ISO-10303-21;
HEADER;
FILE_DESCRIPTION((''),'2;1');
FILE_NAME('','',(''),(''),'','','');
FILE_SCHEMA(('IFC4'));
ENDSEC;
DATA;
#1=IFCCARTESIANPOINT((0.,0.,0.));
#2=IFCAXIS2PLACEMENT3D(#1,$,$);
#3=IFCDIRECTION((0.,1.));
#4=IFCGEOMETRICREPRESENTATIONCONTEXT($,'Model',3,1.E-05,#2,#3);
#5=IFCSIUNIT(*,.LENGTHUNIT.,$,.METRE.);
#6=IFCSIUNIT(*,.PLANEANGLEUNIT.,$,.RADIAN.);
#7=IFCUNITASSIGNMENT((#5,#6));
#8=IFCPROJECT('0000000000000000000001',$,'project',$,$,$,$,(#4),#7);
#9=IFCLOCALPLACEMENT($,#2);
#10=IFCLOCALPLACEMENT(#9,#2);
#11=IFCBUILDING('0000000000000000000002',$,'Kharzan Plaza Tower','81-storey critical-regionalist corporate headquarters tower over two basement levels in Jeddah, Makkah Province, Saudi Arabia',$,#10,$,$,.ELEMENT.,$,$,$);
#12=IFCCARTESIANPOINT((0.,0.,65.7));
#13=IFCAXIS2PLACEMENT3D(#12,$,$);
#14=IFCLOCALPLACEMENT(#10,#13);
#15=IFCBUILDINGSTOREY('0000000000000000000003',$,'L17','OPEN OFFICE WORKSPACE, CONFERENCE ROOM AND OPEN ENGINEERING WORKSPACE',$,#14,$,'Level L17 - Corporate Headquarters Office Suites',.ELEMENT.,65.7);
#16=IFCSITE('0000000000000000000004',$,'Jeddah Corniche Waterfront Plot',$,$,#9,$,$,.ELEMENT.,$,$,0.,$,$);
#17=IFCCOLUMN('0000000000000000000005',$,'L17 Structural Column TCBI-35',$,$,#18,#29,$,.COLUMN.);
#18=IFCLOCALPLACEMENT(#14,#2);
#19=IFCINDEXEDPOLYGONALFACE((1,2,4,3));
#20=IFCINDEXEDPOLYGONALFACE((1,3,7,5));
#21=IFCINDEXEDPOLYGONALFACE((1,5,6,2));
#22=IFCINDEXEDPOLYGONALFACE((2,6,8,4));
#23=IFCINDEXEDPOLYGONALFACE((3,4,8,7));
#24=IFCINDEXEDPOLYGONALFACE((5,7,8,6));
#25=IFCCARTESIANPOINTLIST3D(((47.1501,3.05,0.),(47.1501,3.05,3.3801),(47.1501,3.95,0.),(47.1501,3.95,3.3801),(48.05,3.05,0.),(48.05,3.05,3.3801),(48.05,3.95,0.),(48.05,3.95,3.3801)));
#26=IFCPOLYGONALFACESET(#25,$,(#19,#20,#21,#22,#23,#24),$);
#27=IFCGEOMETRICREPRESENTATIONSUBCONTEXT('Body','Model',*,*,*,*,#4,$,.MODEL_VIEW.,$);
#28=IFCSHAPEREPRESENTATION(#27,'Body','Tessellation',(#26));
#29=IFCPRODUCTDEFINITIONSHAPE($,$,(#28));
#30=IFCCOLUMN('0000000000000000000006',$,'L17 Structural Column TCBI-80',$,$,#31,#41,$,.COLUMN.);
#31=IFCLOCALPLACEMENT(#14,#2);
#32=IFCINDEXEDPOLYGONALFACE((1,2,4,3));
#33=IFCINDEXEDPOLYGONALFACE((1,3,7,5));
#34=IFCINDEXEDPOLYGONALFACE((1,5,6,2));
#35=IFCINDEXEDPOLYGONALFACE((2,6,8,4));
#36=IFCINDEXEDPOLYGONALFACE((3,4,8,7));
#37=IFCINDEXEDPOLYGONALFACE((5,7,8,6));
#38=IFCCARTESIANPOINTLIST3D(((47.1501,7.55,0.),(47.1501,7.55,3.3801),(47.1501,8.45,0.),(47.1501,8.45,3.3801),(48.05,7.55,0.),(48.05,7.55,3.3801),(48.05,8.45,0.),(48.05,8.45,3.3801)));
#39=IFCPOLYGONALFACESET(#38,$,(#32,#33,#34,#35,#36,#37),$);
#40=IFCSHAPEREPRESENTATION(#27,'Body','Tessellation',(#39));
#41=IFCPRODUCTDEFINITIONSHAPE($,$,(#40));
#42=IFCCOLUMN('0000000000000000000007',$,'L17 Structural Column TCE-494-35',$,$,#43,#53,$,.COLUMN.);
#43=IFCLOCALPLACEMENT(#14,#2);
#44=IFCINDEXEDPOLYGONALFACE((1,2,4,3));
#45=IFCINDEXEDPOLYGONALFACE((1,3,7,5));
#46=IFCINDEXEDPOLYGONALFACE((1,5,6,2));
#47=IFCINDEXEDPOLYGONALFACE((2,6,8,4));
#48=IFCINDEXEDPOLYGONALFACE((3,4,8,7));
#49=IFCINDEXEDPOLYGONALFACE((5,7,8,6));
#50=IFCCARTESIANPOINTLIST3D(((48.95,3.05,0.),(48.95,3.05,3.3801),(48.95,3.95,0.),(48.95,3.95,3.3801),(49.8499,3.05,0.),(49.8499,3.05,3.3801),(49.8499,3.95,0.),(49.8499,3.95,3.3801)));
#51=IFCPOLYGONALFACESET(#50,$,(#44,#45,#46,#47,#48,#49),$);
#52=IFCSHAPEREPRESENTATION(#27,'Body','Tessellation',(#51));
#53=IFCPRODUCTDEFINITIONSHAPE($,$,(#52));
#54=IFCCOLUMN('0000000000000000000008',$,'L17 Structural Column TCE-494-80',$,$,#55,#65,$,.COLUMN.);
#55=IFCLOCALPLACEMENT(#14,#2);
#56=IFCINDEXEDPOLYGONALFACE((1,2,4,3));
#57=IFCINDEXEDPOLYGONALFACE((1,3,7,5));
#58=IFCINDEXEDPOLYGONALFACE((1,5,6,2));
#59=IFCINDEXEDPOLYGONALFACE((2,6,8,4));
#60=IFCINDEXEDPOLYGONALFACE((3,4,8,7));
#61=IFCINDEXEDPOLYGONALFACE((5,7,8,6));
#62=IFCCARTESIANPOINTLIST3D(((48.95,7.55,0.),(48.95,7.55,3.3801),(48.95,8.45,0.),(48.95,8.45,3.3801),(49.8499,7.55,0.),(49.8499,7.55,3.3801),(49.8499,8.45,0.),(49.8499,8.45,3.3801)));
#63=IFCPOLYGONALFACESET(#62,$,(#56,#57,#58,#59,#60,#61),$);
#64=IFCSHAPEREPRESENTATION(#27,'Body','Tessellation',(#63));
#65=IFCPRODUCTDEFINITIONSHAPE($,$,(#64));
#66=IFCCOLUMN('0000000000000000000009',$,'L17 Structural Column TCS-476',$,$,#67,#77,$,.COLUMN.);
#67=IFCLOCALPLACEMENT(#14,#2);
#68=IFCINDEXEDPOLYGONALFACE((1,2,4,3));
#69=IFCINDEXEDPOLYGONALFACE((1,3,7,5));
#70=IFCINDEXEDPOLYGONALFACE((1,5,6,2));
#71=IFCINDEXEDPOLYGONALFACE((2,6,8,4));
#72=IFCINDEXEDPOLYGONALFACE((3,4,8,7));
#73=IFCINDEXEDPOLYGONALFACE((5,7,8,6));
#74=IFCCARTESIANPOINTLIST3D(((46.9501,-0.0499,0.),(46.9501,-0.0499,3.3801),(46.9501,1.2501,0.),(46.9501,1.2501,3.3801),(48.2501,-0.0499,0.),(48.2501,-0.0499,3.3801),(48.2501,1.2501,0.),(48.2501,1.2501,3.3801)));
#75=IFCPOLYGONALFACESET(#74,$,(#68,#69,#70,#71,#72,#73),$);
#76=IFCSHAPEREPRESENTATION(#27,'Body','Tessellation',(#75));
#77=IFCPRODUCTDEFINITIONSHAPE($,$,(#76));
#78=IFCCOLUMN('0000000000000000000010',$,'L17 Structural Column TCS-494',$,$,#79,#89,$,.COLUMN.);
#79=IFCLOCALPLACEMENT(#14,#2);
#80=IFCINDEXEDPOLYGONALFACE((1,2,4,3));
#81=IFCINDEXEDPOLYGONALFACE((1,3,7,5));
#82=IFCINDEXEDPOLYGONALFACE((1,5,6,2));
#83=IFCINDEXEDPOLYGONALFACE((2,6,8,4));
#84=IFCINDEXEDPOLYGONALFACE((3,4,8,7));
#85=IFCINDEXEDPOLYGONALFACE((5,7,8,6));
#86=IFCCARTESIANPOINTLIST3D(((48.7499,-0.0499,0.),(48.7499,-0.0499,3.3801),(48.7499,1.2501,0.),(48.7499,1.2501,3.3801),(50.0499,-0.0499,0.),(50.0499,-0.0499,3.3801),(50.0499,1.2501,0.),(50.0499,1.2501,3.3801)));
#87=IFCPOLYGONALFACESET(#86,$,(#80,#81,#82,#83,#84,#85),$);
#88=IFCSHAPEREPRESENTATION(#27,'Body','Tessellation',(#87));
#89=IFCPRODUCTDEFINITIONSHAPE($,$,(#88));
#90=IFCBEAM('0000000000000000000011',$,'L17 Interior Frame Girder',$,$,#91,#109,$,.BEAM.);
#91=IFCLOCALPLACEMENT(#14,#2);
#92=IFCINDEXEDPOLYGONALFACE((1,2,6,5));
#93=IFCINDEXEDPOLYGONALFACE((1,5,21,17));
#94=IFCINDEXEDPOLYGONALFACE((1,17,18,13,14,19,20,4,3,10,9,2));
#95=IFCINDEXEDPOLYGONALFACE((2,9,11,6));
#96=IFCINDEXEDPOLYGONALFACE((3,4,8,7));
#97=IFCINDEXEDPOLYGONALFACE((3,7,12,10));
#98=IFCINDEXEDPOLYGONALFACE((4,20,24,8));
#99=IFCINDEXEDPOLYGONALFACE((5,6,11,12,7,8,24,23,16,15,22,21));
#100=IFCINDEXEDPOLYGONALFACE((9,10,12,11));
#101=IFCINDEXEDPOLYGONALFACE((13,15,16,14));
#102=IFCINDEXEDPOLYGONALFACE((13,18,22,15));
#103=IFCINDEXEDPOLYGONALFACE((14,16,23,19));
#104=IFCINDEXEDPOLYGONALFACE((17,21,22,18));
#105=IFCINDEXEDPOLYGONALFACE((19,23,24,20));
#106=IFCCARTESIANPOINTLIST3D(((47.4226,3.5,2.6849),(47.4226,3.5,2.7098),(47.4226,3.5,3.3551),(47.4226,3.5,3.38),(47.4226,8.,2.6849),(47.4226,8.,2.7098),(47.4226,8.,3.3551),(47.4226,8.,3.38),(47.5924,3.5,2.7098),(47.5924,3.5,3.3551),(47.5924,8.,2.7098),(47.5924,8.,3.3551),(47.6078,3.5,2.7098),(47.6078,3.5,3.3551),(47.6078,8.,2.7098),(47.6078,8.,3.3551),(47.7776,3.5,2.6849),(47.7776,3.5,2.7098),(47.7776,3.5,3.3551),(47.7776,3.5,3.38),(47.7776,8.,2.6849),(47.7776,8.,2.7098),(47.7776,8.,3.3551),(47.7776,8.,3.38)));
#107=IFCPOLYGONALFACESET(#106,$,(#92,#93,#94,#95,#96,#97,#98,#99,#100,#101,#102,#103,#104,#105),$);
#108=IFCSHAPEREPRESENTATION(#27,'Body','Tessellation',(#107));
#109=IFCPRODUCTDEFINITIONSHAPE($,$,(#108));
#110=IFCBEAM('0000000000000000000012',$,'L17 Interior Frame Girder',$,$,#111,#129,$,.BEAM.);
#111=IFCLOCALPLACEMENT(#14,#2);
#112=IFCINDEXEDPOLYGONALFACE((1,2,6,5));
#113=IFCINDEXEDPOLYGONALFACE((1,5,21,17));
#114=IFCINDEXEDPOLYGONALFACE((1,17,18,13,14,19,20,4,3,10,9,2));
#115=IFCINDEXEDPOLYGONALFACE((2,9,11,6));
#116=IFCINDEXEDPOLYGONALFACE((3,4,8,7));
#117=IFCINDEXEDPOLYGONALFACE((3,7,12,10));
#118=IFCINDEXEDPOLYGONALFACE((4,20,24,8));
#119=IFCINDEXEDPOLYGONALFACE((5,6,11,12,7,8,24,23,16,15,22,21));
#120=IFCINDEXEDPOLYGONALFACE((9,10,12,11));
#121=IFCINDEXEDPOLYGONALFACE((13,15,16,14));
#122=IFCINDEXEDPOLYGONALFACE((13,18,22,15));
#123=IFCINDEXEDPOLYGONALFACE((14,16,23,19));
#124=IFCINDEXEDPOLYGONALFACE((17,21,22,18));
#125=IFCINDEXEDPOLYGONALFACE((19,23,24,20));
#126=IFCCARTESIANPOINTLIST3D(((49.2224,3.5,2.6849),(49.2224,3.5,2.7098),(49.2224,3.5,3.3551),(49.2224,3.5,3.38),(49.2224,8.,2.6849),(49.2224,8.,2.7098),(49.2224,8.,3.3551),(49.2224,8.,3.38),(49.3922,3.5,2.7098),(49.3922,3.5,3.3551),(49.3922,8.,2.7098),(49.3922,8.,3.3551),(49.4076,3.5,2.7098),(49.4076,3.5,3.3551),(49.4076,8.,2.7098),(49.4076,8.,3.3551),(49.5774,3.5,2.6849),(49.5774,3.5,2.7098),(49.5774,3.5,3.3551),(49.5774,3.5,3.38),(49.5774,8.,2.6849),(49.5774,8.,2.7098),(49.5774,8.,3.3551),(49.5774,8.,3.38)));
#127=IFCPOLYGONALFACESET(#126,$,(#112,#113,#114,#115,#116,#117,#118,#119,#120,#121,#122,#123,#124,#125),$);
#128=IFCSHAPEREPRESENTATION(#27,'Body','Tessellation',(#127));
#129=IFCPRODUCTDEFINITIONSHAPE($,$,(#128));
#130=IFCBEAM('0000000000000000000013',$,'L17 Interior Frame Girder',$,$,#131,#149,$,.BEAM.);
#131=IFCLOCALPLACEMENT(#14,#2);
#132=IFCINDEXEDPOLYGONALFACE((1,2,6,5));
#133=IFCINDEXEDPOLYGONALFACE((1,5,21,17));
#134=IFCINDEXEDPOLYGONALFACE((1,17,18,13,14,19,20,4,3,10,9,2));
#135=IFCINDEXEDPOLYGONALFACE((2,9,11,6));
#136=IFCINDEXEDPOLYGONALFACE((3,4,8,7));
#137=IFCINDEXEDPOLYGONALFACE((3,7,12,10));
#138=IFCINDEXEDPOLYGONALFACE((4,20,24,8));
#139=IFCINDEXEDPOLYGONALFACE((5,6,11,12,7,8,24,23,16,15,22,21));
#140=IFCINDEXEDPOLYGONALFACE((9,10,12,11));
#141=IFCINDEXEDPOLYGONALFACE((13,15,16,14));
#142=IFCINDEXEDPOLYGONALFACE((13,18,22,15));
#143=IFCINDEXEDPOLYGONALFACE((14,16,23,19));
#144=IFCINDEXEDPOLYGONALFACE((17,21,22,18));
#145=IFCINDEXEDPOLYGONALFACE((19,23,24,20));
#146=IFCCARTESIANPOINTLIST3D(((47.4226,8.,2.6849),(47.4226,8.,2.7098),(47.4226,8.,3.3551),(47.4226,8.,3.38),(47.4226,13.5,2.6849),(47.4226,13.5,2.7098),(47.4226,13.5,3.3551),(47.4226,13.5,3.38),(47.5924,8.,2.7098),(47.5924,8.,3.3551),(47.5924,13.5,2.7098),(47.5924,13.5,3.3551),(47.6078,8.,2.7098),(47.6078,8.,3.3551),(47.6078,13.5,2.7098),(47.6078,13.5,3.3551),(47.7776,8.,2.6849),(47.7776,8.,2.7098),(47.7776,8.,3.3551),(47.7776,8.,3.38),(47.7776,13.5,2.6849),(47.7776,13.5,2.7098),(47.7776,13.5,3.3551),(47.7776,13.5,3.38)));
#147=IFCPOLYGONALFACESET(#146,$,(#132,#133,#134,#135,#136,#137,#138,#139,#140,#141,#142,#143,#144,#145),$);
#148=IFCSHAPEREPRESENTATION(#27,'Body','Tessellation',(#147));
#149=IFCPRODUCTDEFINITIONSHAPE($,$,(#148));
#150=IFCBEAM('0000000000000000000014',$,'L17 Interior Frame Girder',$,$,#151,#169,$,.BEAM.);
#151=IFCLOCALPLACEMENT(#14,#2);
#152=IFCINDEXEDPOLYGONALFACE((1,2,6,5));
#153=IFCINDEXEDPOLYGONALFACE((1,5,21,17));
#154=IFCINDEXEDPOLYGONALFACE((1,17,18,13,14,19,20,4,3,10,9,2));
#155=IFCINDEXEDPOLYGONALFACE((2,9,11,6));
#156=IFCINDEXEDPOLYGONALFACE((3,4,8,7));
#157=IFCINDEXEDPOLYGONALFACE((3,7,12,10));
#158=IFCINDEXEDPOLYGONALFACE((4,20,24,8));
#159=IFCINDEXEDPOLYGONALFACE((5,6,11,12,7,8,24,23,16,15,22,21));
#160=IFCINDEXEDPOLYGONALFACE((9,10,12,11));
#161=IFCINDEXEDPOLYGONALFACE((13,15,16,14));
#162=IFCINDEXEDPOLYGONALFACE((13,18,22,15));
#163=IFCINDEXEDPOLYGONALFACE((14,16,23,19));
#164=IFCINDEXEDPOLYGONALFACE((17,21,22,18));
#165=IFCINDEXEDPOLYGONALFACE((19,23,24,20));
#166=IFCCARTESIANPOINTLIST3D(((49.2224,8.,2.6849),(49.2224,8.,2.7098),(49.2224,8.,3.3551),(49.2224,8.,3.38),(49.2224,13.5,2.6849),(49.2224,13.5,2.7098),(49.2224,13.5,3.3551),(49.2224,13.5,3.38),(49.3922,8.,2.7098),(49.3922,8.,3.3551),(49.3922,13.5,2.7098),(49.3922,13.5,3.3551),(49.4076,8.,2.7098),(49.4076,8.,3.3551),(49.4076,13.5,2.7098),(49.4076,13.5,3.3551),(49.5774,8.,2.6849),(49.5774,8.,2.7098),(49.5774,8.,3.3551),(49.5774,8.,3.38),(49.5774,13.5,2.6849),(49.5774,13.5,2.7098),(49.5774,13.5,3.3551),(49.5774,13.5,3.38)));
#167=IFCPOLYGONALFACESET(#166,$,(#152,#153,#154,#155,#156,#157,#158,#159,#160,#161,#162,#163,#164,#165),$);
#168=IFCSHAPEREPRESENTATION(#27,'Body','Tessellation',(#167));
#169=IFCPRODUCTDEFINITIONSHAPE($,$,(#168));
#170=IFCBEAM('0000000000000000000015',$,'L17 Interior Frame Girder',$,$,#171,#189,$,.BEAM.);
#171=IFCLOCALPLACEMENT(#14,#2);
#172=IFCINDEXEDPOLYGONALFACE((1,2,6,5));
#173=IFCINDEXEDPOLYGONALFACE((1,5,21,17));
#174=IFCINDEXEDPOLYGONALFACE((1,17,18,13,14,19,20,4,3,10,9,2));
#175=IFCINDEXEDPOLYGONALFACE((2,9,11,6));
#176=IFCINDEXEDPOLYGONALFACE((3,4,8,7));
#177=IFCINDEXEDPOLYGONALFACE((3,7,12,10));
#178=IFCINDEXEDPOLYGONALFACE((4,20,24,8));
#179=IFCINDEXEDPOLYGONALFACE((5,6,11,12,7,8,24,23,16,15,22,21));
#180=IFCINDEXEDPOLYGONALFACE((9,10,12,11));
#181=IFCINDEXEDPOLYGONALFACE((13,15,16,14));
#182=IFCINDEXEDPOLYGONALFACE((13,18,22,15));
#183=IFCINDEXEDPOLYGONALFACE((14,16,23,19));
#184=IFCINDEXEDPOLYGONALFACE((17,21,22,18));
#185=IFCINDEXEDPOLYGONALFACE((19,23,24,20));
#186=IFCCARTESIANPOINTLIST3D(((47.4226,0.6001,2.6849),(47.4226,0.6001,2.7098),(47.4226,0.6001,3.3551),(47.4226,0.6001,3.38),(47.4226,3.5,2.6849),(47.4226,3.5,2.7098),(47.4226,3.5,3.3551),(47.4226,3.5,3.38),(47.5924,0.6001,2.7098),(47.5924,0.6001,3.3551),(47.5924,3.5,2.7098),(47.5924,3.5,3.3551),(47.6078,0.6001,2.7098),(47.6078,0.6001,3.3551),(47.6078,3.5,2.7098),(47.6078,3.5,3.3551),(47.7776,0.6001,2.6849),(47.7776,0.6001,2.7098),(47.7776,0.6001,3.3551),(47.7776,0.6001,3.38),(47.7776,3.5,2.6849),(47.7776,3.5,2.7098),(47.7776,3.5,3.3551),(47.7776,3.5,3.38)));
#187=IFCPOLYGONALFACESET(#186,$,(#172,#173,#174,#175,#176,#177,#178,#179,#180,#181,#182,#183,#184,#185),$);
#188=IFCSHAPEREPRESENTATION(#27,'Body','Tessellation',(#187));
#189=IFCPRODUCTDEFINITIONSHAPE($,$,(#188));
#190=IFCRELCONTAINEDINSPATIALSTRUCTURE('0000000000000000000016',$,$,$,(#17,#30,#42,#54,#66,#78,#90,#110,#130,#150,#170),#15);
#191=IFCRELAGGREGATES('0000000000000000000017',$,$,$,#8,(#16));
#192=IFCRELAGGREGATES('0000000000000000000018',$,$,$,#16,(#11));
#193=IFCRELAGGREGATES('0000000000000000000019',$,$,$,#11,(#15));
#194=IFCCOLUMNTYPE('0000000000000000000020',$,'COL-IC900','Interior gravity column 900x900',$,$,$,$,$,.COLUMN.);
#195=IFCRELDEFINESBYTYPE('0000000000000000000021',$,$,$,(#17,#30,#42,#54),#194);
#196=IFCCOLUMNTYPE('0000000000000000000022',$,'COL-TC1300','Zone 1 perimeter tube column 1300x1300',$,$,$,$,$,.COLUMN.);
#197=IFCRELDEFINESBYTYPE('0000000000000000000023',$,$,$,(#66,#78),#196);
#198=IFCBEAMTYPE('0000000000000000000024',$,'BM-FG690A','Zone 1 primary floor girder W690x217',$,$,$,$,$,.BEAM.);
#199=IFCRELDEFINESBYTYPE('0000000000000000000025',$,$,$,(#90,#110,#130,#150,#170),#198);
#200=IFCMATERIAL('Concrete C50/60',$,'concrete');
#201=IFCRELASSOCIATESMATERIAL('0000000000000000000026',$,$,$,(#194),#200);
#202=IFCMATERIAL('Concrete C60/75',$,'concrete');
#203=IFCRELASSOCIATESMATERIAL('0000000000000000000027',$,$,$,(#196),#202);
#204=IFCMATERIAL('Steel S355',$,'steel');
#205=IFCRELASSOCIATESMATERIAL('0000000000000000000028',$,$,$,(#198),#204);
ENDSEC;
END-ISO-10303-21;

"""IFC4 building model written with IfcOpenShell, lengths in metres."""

from ifc_helpers import new_model, si_unit, direction, frame, origin, origin_2d, place, context, subcontext, project, spatial, rectangle, i_section, extrude, source, transform, mapped, material, material_profile, profile_set, type_object, element, save


model = new_model("IFC4")

# Units and contexts
model_context = context("Model", 3, precision=1e-05, world=origin(), true_north=direction((0.0, 1.0)))
body_context = subcontext(model_context, "Body", "Model", "MODEL_VIEW")
ifc_project = project(units=[si_unit("LENGTHUNIT", "METRE"), si_unit("PLANEANGLEUNIT", "RADIAN")], contexts=[model_context])

# Site, building, storey
site_placement = place(None, origin())
site = spatial("IfcSite", under=ifc_project, at=site_placement, Name="Jeddah Corniche Waterfront Plot", CompositionType="ELEMENT", RefElevation=0.0)
building_placement = place(site_placement, origin())
building = spatial("IfcBuilding", under=site, at=building_placement, Name="Kharzan Plaza Tower", Description="81-storey critical-regionalist corporate headquarters tower over two basement levels in Jeddah, Makkah Province, Saudi Arabia", CompositionType="ELEMENT")
storey_placement = place(building_placement, frame((0.0, 0.0, 65.7)))
storey = spatial("IfcBuildingStorey", under=building, at=storey_placement, Name="L17", Description="OPEN OFFICE WORKSPACE, CONFERENCE ROOM AND OPEN ENGINEERING WORKSPACE", LongName="Level L17 - Corporate Headquarters Office Suites", CompositionType="ELEMENT", Elevation=65.7)

# Columns
ifc_material_1 = material(Name="Concrete C50/60", Category="concrete")
ifc_material_profile_1 = material_profile(ifc_material_1, rectangle(XDim=0.8999, YDim=0.8999, at=origin_2d()), Name="RC-IC900x900")
ifc_profile_set_1 = profile_set([ifc_material_profile_1], Name="Concrete C50/60")
column_type_1 = type_object("IfcColumnType", Name="COL-IC900", Description="Interior gravity column 900x900", PredefinedType="COLUMN", material=ifc_profile_set_1)
shared_shape_1 = source(origin(), body_context, "Body", "SweptSolid", [
    extrude(rectangle(XDim=0.8999, YDim=0.8999, at=origin_2d()), origin(), (0.0, 0.0, 1.0), 3.3801),
])
for number, where, z_axis, x_axis, name in (
    (1, (47.6001, 3.5, 0.0), (0.0, 0.0, 1.0), (1.0, 0.0, 0.0), "L17 Structural Column TCBI-35"),
    (2, (47.6001, 8.0, 0.0), (0.0, 0.0, 1.0), (1.0, 0.0, 0.0), "L17 Structural Column TCBI-80"),
    (3, (49.3999, 3.5, 0.0), (0.0, 0.0, 1.0), (1.0, 0.0, 0.0), "L17 Structural Column TCE-494-35"),
    (4, (49.3999, 8.0, 0.0), (0.0, 0.0, 1.0), (1.0, 0.0, 0.0), "L17 Structural Column TCE-494-80"),
):
    element("IfcColumn", number, at=place(storey_placement, frame(where, z_axis=z_axis, x_axis=x_axis)), inside=storey, type_object=column_type_1, Name=name, PredefinedType="COLUMN", context=body_context, shape_type="MappedRepresentation", body=[
        mapped(shared_shape_1, transform((0.0, 0.0, 0.0), x_axis=(1.0, 0.0, 0.0), y_axis=(0.0, 1.0, 0.0), z_axis=(0.0, 0.0, 1.0))),
    ])
ifc_material_2 = material(Name="Concrete C60/75", Category="concrete")
ifc_material_profile_2 = material_profile(ifc_material_2, rectangle(XDim=1.3, YDim=1.3, at=origin_2d()), Name="RC-TC1300x1300")
ifc_profile_set_2 = profile_set([ifc_material_profile_2], Name="Concrete C60/75")
column_type_2 = type_object("IfcColumnType", Name="COL-TC1300", Description="Zone 1 perimeter tube column 1300x1300", PredefinedType="COLUMN", material=ifc_profile_set_2)
shared_shape_2 = source(origin(), body_context, "Body", "SweptSolid", [
    extrude(rectangle(XDim=1.3, YDim=1.3, at=origin_2d()), origin(), (0.0, 0.0, 1.0), 3.3801),
])
for number, where, z_axis, x_axis, name in (
    (5, (47.6001, 0.6001, 0.0), (0.0, 0.0, 1.0), (1.0, 0.0, 0.0), "L17 Structural Column TCS-476"),
    (6, (49.3999, 0.6001, 0.0), (0.0, 0.0, 1.0), (1.0, 0.0, 0.0), "L17 Structural Column TCS-494"),
):
    element("IfcColumn", number, at=place(storey_placement, frame(where, z_axis=z_axis, x_axis=x_axis)), inside=storey, type_object=column_type_2, Name=name, PredefinedType="COLUMN", context=body_context, shape_type="MappedRepresentation", body=[
        mapped(shared_shape_2, transform((0.0, 0.0, 0.0), x_axis=(1.0, 0.0, 0.0), y_axis=(0.0, 1.0, 0.0), z_axis=(0.0, 0.0, 1.0))),
    ])

# Beams
ifc_material_3 = material(Name="Steel S355", Category="steel")
ifc_material_profile_3 = material_profile(ifc_material_3, i_section(OverallWidth=0.355, OverallDepth=0.6951, WebThickness=0.0154, FlangeThickness=0.0249, at=origin_2d()), Name="W690x217")
ifc_profile_set_3 = profile_set([ifc_material_profile_3], Name="Steel S355")
beam_type_1 = type_object("IfcBeamType", Name="BM-FG690A", Description="Zone 1 primary floor girder W690x217", PredefinedType="BEAM", material=ifc_profile_set_3)
shared_shape_3 = source(origin(), body_context, "Body", "SweptSolid", [
    extrude(i_section(OverallWidth=0.355, OverallDepth=0.6951, WebThickness=0.0154, FlangeThickness=0.0249, at=origin_2d()), origin(), (0.0, 0.0, 1.0), 4.5),
])
for number, where, z_axis, x_axis, name in (
    (7, (47.6001, 3.5, 3.0325), (0.0, 1.0, 0.0), (-1.0, 0.0, 0.0), "L17 Interior Frame Girder"),
    (8, (49.3999, 3.5, 3.0325), (0.0, 1.0, 0.0), (-1.0, 0.0, 0.0), "L17 Interior Frame Girder"),
):
    element("IfcBeam", number, at=place(storey_placement, frame(where, z_axis=z_axis, x_axis=x_axis)), inside=storey, type_object=beam_type_1, Name=name, PredefinedType="BEAM", context=body_context, shape_type="MappedRepresentation", body=[
        mapped(shared_shape_3, transform((0.0, 0.0, 0.0), x_axis=(1.0, 0.0, 0.0), y_axis=(0.0, 1.0, 0.0), z_axis=(0.0, 0.0, 1.0))),
    ])
shared_shape_4 = source(origin(), body_context, "Body", "SweptSolid", [
    extrude(i_section(OverallWidth=0.355, OverallDepth=0.6951, WebThickness=0.0154, FlangeThickness=0.0249, at=origin_2d()), origin(), (0.0, 0.0, 1.0), 5.5),
])
for number, where, z_axis, x_axis, name in (
    (9, (47.6001, 8.0, 3.0325), (0.0, 1.0, 0.0), (-1.0, 0.0, 0.0), "L17 Interior Frame Girder"),
    (10, (49.3999, 8.0, 3.0325), (0.0, 1.0, 0.0), (-1.0, 0.0, 0.0), "L17 Interior Frame Girder"),
):
    element("IfcBeam", number, at=place(storey_placement, frame(where, z_axis=z_axis, x_axis=x_axis)), inside=storey, type_object=beam_type_1, Name=name, PredefinedType="BEAM", context=body_context, shape_type="MappedRepresentation", body=[
        mapped(shared_shape_4, transform((0.0, 0.0, 0.0), x_axis=(1.0, 0.0, 0.0), y_axis=(0.0, 1.0, 0.0), z_axis=(0.0, 0.0, 1.0))),
    ])
shared_shape_5 = source(origin(), body_context, "Body", "SweptSolid", [
    extrude(i_section(OverallWidth=0.355, OverallDepth=0.6951, WebThickness=0.0154, FlangeThickness=0.0249, at=origin_2d()), origin(), (0.0, 0.0, 1.0), 2.8999),
])
for number, where, z_axis, x_axis, name in (
    (11, (47.6001, 0.6001, 3.0325), (0.0, 1.0, 0.0), (-1.0, 0.0, 0.0), "L17 Interior Frame Girder"),
):
    element("IfcBeam", number, at=place(storey_placement, frame(where, z_axis=z_axis, x_axis=x_axis)), inside=storey, type_object=beam_type_1, Name=name, PredefinedType="BEAM", context=body_context, shape_type="MappedRepresentation", body=[
        mapped(shared_shape_5, transform((0.0, 0.0, 0.0), x_axis=(1.0, 0.0, 0.0), y_axis=(0.0, 1.0, 0.0), z_axis=(0.0, 0.0, 1.0))),
    ])

save(model, "model.ifc")
